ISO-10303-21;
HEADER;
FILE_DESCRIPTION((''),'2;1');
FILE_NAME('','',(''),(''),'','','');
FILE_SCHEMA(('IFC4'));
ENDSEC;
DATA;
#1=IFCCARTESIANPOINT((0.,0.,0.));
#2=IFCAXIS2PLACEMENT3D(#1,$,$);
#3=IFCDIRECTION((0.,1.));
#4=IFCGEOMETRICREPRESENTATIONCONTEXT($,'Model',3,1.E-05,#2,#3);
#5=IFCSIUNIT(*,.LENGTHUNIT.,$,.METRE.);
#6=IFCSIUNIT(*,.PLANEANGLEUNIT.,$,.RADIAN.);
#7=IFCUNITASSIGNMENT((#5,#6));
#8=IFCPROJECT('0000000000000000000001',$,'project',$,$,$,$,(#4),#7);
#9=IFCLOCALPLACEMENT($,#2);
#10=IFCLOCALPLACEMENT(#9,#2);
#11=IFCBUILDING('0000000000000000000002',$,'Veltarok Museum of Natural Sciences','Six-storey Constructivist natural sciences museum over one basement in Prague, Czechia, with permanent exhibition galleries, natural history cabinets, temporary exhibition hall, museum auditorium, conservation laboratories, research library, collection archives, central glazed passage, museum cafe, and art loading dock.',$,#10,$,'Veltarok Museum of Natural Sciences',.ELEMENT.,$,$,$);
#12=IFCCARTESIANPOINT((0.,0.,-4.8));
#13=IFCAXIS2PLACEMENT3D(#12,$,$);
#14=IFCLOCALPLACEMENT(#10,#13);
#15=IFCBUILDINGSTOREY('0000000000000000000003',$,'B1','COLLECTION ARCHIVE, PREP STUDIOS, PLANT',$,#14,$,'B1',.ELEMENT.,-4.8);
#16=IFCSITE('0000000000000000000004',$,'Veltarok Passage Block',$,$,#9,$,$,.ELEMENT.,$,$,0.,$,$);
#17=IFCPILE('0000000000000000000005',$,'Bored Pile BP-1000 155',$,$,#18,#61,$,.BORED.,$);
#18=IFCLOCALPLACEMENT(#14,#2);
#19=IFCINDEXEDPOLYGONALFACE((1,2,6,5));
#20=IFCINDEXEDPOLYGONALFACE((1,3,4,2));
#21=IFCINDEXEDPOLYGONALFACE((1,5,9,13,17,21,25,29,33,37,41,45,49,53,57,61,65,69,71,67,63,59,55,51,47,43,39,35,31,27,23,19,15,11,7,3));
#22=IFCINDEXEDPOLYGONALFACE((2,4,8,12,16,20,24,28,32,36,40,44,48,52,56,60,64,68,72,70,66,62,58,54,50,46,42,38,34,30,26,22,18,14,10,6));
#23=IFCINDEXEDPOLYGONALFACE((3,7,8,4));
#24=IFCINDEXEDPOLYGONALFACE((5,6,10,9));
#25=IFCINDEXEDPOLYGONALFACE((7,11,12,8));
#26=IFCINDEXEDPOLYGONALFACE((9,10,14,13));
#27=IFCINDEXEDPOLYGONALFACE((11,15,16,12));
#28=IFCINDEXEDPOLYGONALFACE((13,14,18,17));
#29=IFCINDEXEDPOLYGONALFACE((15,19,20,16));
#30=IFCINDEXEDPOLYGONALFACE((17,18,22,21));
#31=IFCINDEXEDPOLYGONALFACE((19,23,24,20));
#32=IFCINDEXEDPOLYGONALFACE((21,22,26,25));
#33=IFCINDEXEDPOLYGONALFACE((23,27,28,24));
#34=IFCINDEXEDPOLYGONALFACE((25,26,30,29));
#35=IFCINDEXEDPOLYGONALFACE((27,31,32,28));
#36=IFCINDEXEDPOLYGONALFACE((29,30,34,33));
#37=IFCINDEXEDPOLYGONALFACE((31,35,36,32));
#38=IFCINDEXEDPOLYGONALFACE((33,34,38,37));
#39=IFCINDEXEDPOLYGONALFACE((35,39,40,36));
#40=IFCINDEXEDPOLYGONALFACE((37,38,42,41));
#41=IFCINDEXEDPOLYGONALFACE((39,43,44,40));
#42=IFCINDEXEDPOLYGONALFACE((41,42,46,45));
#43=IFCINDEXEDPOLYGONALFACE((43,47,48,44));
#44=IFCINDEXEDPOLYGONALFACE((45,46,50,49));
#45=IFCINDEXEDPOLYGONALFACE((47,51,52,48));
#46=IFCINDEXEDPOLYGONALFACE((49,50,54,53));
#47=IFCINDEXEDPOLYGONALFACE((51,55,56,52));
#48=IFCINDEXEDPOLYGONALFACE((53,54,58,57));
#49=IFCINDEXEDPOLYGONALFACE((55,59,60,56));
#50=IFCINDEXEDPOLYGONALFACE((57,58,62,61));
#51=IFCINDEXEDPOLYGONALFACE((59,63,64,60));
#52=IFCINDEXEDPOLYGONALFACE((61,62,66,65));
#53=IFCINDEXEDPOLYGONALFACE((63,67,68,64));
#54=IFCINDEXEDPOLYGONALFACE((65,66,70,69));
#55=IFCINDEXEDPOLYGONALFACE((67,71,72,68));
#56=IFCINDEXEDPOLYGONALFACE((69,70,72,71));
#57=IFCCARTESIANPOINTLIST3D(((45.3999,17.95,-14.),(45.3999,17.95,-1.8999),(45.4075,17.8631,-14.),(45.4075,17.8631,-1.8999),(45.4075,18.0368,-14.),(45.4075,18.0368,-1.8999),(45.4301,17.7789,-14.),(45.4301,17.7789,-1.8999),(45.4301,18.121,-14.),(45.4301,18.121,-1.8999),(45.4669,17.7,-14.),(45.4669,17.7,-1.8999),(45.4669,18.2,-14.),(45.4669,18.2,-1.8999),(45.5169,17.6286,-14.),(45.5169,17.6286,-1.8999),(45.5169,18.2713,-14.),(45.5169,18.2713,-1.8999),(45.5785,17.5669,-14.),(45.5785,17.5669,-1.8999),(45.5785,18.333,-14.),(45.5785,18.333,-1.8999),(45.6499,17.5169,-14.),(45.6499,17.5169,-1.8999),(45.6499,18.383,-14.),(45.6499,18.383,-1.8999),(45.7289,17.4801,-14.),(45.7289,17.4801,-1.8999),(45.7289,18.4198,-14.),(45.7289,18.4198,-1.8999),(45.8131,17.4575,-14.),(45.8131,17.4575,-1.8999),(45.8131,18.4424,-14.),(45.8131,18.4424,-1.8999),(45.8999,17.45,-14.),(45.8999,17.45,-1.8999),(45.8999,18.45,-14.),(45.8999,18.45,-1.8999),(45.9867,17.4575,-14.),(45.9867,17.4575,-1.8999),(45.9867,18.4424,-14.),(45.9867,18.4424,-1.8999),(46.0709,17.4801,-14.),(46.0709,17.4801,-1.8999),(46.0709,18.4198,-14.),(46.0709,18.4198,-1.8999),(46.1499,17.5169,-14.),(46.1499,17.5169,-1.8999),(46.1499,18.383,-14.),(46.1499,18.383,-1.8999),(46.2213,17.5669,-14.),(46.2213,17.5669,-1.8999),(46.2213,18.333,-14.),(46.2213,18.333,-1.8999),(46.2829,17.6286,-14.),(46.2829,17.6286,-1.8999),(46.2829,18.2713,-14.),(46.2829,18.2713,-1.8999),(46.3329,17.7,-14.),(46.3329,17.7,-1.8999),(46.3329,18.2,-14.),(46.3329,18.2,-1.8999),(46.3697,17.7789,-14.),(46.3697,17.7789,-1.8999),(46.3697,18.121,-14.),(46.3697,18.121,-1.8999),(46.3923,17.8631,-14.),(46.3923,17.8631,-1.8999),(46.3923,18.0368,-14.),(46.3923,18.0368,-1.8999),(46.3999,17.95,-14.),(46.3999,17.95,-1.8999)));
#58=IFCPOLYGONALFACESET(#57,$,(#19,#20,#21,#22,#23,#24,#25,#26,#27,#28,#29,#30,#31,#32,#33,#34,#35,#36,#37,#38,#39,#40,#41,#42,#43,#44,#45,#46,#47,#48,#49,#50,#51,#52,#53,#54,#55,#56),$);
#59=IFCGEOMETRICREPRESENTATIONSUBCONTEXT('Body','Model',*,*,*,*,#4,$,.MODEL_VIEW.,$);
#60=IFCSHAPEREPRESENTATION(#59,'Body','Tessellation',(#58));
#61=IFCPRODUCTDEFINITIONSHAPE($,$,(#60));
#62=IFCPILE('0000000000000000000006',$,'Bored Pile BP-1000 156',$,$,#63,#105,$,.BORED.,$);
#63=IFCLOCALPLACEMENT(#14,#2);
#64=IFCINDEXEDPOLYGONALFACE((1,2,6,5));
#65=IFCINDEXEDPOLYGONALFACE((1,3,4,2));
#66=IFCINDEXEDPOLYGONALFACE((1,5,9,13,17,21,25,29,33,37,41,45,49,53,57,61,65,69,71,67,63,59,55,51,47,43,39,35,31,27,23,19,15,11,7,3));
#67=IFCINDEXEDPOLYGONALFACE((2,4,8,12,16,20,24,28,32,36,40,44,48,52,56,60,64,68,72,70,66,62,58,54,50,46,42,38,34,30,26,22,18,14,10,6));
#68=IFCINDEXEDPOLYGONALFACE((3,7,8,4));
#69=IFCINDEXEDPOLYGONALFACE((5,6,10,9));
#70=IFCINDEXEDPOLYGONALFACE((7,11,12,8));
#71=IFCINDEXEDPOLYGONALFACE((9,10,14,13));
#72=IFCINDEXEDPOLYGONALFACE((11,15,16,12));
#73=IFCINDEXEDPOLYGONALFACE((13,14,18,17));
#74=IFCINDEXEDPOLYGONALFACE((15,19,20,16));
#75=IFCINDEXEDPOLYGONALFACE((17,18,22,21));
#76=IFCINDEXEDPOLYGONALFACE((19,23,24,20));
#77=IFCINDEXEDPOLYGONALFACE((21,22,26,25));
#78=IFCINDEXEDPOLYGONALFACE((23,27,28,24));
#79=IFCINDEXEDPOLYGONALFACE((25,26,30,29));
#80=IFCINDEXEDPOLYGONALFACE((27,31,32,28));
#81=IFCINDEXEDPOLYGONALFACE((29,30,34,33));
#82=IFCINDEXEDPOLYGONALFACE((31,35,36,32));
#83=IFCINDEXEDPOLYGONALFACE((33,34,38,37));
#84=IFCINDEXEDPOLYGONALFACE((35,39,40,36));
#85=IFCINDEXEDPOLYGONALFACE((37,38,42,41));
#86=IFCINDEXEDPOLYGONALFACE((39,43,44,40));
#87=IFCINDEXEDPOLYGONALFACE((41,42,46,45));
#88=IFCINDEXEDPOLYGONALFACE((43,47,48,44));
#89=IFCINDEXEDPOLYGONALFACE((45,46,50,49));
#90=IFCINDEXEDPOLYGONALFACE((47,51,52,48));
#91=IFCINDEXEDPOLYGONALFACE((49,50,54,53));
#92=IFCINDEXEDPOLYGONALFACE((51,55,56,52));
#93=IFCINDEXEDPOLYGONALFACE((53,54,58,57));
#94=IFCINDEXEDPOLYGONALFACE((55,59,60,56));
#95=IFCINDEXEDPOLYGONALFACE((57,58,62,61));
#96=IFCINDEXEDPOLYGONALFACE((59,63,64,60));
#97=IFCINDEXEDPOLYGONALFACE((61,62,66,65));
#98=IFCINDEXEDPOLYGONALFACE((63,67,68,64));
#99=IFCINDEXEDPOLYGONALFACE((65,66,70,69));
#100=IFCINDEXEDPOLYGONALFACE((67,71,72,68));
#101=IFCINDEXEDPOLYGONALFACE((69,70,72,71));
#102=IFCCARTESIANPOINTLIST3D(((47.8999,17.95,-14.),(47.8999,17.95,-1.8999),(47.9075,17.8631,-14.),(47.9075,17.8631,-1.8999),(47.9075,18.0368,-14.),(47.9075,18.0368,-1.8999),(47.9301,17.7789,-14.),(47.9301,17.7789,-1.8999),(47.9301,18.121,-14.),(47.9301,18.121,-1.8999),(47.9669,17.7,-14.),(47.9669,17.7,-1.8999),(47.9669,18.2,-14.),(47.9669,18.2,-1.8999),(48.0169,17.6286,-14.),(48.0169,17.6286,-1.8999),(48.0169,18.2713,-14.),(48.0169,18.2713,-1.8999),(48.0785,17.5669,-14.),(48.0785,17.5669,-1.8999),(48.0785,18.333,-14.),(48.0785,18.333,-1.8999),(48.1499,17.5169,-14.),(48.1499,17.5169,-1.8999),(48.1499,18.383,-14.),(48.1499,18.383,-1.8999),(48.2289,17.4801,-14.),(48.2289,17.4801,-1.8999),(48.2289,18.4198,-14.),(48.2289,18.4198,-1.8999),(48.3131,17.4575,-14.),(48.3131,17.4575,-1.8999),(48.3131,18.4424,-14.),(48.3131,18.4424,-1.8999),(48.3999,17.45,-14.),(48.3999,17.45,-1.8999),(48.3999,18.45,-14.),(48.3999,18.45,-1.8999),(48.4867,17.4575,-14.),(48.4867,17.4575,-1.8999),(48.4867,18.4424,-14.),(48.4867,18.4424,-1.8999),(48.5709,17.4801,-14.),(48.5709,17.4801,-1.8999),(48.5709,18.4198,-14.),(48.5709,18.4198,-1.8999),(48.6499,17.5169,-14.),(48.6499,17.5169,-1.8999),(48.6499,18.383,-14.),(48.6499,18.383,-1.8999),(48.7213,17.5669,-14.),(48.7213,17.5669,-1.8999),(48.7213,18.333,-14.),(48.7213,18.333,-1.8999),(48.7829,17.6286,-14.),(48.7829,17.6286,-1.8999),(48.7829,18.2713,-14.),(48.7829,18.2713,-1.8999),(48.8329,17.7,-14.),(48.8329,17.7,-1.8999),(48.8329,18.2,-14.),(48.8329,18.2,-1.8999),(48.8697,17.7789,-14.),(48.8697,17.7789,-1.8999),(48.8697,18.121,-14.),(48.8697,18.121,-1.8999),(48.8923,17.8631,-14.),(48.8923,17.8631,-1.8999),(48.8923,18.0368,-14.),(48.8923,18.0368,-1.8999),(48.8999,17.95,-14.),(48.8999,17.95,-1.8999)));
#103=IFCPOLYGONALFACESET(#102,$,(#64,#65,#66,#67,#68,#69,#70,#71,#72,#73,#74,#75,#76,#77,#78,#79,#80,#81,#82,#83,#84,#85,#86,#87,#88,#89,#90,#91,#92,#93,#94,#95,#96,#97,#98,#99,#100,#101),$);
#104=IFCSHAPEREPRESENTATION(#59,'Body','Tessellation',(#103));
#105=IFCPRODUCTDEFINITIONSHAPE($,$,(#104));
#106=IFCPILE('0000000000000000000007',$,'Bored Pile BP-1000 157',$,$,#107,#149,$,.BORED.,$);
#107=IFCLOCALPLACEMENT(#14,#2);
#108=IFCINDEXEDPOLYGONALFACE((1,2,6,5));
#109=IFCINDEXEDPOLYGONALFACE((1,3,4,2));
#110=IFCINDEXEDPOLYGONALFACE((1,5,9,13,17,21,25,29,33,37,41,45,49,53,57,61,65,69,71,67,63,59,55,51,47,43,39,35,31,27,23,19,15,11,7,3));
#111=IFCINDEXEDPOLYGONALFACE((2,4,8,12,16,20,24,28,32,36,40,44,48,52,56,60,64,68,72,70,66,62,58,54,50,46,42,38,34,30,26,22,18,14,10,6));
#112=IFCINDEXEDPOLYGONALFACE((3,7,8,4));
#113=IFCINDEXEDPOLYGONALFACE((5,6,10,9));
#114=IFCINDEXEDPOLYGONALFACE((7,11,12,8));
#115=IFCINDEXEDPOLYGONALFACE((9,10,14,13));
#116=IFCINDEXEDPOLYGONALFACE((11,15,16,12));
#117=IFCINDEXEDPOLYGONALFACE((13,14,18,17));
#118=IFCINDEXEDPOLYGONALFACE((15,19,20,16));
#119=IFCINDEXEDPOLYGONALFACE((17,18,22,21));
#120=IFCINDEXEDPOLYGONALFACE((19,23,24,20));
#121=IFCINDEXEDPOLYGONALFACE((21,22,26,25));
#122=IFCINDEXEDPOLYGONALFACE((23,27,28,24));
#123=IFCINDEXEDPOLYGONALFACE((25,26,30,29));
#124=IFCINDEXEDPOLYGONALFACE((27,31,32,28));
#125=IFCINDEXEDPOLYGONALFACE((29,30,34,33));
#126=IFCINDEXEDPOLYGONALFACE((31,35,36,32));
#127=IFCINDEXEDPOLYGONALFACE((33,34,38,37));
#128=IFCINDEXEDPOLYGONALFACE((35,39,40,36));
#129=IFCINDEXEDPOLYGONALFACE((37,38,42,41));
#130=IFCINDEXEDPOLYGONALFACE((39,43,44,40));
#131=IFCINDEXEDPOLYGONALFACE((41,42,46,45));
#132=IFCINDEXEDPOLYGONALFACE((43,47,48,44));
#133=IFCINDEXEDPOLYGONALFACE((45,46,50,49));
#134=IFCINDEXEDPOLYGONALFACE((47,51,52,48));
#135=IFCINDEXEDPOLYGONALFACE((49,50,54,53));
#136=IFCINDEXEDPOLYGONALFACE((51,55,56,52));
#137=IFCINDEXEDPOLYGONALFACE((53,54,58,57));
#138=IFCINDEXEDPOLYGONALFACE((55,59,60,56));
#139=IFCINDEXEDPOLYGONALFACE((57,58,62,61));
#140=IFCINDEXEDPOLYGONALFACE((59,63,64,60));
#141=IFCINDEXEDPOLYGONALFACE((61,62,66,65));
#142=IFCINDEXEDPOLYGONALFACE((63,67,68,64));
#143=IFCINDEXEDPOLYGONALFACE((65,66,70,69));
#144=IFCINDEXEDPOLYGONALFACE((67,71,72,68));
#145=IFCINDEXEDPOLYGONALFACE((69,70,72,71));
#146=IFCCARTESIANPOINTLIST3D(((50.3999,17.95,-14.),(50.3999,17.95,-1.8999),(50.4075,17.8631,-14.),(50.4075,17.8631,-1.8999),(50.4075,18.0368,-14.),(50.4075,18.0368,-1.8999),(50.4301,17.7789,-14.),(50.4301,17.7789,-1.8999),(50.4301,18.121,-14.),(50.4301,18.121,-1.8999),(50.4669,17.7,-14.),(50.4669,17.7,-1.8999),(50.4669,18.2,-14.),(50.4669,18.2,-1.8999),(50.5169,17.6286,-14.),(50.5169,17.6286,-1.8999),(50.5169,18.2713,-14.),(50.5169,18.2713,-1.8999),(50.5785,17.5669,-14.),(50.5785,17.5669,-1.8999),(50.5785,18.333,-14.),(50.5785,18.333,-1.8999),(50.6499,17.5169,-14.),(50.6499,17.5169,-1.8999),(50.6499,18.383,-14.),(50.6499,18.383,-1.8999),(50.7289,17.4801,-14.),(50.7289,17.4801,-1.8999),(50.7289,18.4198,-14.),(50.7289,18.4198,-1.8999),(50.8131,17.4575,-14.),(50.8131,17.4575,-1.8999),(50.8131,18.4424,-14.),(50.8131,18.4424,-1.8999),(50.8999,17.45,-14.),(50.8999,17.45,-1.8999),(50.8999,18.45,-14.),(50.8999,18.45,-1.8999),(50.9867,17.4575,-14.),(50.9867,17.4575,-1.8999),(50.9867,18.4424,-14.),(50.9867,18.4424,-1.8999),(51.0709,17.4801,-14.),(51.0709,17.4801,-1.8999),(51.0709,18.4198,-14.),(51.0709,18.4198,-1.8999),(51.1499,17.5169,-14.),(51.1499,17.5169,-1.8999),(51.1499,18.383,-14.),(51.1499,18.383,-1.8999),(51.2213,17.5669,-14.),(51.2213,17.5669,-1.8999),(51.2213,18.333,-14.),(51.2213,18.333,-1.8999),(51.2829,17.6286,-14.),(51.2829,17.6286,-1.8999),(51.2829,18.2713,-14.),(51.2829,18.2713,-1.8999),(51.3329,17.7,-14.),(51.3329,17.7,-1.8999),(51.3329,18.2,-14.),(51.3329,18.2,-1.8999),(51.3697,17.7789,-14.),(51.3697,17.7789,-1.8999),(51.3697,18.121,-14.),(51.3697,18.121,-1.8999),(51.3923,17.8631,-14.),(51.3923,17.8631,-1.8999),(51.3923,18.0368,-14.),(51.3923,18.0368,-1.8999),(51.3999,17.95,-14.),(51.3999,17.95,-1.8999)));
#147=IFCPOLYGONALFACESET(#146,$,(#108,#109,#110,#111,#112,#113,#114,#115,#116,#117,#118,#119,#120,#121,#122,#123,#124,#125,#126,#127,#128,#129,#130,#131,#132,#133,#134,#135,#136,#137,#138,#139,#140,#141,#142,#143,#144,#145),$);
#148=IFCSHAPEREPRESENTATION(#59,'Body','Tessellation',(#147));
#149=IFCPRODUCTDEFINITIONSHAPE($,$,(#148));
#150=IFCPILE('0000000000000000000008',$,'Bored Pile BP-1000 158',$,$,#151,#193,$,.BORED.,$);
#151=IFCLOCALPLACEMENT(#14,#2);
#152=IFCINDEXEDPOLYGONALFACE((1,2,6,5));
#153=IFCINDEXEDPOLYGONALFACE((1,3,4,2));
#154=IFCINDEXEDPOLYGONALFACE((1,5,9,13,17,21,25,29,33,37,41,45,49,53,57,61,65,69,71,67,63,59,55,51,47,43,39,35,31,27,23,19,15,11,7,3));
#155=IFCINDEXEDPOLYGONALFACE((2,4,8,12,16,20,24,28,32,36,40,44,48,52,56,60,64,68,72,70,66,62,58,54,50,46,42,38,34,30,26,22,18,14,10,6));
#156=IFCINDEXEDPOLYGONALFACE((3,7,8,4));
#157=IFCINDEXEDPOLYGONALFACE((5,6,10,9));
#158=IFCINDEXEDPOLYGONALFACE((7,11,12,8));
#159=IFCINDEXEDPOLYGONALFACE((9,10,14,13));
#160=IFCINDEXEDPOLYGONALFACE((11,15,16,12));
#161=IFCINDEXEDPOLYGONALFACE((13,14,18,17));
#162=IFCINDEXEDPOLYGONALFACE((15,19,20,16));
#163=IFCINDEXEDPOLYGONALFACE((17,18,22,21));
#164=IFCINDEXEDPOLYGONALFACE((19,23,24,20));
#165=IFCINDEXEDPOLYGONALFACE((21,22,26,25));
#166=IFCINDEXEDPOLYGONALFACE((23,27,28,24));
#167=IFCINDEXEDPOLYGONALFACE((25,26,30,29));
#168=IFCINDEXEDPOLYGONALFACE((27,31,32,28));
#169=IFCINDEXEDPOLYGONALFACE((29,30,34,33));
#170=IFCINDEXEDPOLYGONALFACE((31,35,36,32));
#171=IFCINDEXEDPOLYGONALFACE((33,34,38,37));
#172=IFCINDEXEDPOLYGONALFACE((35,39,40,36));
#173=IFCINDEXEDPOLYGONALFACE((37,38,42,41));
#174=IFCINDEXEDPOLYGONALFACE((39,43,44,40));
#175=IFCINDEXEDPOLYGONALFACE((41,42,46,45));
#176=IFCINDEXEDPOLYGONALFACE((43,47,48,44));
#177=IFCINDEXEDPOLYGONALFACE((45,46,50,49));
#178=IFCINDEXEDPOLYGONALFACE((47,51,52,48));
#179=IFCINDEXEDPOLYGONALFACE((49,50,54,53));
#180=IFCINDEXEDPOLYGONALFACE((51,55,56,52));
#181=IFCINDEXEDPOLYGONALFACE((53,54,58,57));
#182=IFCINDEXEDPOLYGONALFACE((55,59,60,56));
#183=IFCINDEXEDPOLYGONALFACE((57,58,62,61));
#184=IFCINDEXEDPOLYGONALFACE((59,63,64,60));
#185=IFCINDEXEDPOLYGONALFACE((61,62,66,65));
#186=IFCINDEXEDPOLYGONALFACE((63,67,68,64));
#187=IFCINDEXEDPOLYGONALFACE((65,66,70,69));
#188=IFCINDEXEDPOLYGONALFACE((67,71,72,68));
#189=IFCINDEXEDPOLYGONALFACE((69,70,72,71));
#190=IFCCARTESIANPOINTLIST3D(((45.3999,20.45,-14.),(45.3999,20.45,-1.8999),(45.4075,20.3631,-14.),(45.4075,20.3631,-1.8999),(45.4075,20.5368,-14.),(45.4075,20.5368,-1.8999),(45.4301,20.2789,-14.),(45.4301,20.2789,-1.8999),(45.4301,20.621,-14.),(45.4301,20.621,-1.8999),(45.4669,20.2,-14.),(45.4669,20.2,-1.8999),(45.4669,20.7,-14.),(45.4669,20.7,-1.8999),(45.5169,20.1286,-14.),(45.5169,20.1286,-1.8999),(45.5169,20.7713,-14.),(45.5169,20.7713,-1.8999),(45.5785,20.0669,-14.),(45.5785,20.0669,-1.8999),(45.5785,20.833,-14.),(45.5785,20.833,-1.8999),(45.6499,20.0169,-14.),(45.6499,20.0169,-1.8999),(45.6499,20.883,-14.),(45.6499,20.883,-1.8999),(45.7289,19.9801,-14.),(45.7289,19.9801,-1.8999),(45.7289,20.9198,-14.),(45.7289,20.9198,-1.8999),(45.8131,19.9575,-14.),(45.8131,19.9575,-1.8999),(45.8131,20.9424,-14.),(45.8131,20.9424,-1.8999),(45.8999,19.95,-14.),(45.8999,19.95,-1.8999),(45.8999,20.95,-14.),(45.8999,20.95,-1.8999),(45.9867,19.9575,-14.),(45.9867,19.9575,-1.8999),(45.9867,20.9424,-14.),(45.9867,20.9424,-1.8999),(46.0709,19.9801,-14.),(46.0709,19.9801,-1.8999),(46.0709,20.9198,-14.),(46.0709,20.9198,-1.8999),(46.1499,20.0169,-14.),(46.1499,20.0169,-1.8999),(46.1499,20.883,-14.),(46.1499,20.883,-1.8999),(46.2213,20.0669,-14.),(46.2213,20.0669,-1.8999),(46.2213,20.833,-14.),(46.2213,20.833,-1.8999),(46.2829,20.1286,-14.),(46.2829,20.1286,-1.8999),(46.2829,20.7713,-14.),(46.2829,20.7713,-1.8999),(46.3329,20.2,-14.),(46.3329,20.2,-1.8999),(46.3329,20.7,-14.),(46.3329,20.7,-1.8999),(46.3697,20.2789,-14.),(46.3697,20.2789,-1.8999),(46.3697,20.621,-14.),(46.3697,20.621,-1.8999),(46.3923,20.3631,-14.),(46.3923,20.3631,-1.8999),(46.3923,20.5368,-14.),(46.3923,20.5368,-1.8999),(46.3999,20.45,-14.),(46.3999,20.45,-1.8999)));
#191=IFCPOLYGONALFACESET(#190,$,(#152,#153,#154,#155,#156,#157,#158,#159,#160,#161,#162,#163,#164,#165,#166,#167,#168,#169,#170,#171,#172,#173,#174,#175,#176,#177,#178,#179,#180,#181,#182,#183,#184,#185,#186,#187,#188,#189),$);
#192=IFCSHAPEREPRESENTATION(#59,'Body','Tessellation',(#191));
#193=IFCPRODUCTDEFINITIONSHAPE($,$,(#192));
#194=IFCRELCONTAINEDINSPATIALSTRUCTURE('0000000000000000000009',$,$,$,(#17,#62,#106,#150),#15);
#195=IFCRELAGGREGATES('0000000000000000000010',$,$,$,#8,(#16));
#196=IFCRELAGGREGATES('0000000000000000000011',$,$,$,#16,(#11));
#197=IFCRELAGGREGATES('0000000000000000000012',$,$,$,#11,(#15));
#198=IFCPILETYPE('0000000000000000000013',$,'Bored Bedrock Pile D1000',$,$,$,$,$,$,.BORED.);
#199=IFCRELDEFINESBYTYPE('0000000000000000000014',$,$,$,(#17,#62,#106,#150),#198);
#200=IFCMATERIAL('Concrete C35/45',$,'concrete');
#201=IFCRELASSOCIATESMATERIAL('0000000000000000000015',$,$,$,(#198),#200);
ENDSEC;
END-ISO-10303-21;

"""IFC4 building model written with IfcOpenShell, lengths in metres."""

from ifc_helpers import new_model, si_unit, direction, frame, origin, origin_2d, place, context, subcontext, project, spatial, circle, extrude, material, material_profile, profile_set, type_object, element, save


model = new_model("IFC4")

# Units and contexts
model_context = context("Model", 3, precision=1e-05, world=origin(), true_north=direction((0.0, 1.0)))
body_context = subcontext(model_context, "Body", "Model", "MODEL_VIEW")
ifc_project = project(units=[si_unit("LENGTHUNIT", "METRE"), si_unit("PLANEANGLEUNIT", "RADIAN")], contexts=[model_context])

# Site, building, storey
site_placement = place(None, origin())
site = spatial("IfcSite", under=ifc_project, at=site_placement, Name="Veltarok Passage Block", CompositionType="ELEMENT", RefElevation=0.0)
building_placement = place(site_placement, origin())
building = spatial("IfcBuilding", under=site, at=building_placement, Name="Veltarok Museum of Natural Sciences", Description="Six-storey Constructivist natural sciences museum over one basement in Prague, Czechia, with permanent exhibition galleries, natural history cabinets, temporary exhibition hall, museum auditorium, conservation laboratories, research library, collection archives, central glazed passage, museum cafe, and art loading dock.", LongName="Veltarok Museum of Natural Sciences", CompositionType="ELEMENT")
storey_placement = place(building_placement, frame((0.0, 0.0, -4.8)))
storey = spatial("IfcBuildingStorey", under=building, at=storey_placement, Name="B1", Description="COLLECTION ARCHIVE, PREP STUDIOS, PLANT", LongName="B1", CompositionType="ELEMENT", Elevation=-4.8)

# Piles
ifc_material_1 = material(Name="Concrete C35/45", Category="concrete")
ifc_material_profile_1 = material_profile(ifc_material_1, circle(Radius=0.5, at=origin_2d()), Name="BP D1000")
ifc_profile_set_1 = profile_set([ifc_material_profile_1], Name="Concrete C35/45")
pile_type = type_object("IfcPileType", Name="Bored Bedrock Pile D1000", PredefinedType="BORED", material=ifc_profile_set_1)
for number, where, z_axis, x_axis, name in (
    (1, (45.8999, 17.95, -1.8999), (0.0, 0.0, -1.0), (1.0, 0.0, 0.0), "Bored Pile BP-1000 155"),
    (2, (48.3999, 17.95, -1.8999), (0.0, 0.0, -1.0), (1.0, 0.0, 0.0), "Bored Pile BP-1000 156"),
    (3, (50.8999, 17.95, -1.8999), (0.0, 0.0, -1.0), (1.0, 0.0, 0.0), "Bored Pile BP-1000 157"),
    (4, (45.8999, 20.45, -1.8999), (0.0, 0.0, -1.0), (1.0, 0.0, 0.0), "Bored Pile BP-1000 158"),
):
    element("IfcPile", number, at=place(storey_placement, frame(where, z_axis=z_axis, x_axis=x_axis)), inside=storey, type_object=pile_type, Name=name, PredefinedType="BORED", context=body_context, shape_type="SweptSolid", body=[
        extrude(circle(Radius=0.5, at=origin_2d()), origin(), (0.0, 0.0, 1.0), 12.1001),
    ])

save(model, "model.ifc")
